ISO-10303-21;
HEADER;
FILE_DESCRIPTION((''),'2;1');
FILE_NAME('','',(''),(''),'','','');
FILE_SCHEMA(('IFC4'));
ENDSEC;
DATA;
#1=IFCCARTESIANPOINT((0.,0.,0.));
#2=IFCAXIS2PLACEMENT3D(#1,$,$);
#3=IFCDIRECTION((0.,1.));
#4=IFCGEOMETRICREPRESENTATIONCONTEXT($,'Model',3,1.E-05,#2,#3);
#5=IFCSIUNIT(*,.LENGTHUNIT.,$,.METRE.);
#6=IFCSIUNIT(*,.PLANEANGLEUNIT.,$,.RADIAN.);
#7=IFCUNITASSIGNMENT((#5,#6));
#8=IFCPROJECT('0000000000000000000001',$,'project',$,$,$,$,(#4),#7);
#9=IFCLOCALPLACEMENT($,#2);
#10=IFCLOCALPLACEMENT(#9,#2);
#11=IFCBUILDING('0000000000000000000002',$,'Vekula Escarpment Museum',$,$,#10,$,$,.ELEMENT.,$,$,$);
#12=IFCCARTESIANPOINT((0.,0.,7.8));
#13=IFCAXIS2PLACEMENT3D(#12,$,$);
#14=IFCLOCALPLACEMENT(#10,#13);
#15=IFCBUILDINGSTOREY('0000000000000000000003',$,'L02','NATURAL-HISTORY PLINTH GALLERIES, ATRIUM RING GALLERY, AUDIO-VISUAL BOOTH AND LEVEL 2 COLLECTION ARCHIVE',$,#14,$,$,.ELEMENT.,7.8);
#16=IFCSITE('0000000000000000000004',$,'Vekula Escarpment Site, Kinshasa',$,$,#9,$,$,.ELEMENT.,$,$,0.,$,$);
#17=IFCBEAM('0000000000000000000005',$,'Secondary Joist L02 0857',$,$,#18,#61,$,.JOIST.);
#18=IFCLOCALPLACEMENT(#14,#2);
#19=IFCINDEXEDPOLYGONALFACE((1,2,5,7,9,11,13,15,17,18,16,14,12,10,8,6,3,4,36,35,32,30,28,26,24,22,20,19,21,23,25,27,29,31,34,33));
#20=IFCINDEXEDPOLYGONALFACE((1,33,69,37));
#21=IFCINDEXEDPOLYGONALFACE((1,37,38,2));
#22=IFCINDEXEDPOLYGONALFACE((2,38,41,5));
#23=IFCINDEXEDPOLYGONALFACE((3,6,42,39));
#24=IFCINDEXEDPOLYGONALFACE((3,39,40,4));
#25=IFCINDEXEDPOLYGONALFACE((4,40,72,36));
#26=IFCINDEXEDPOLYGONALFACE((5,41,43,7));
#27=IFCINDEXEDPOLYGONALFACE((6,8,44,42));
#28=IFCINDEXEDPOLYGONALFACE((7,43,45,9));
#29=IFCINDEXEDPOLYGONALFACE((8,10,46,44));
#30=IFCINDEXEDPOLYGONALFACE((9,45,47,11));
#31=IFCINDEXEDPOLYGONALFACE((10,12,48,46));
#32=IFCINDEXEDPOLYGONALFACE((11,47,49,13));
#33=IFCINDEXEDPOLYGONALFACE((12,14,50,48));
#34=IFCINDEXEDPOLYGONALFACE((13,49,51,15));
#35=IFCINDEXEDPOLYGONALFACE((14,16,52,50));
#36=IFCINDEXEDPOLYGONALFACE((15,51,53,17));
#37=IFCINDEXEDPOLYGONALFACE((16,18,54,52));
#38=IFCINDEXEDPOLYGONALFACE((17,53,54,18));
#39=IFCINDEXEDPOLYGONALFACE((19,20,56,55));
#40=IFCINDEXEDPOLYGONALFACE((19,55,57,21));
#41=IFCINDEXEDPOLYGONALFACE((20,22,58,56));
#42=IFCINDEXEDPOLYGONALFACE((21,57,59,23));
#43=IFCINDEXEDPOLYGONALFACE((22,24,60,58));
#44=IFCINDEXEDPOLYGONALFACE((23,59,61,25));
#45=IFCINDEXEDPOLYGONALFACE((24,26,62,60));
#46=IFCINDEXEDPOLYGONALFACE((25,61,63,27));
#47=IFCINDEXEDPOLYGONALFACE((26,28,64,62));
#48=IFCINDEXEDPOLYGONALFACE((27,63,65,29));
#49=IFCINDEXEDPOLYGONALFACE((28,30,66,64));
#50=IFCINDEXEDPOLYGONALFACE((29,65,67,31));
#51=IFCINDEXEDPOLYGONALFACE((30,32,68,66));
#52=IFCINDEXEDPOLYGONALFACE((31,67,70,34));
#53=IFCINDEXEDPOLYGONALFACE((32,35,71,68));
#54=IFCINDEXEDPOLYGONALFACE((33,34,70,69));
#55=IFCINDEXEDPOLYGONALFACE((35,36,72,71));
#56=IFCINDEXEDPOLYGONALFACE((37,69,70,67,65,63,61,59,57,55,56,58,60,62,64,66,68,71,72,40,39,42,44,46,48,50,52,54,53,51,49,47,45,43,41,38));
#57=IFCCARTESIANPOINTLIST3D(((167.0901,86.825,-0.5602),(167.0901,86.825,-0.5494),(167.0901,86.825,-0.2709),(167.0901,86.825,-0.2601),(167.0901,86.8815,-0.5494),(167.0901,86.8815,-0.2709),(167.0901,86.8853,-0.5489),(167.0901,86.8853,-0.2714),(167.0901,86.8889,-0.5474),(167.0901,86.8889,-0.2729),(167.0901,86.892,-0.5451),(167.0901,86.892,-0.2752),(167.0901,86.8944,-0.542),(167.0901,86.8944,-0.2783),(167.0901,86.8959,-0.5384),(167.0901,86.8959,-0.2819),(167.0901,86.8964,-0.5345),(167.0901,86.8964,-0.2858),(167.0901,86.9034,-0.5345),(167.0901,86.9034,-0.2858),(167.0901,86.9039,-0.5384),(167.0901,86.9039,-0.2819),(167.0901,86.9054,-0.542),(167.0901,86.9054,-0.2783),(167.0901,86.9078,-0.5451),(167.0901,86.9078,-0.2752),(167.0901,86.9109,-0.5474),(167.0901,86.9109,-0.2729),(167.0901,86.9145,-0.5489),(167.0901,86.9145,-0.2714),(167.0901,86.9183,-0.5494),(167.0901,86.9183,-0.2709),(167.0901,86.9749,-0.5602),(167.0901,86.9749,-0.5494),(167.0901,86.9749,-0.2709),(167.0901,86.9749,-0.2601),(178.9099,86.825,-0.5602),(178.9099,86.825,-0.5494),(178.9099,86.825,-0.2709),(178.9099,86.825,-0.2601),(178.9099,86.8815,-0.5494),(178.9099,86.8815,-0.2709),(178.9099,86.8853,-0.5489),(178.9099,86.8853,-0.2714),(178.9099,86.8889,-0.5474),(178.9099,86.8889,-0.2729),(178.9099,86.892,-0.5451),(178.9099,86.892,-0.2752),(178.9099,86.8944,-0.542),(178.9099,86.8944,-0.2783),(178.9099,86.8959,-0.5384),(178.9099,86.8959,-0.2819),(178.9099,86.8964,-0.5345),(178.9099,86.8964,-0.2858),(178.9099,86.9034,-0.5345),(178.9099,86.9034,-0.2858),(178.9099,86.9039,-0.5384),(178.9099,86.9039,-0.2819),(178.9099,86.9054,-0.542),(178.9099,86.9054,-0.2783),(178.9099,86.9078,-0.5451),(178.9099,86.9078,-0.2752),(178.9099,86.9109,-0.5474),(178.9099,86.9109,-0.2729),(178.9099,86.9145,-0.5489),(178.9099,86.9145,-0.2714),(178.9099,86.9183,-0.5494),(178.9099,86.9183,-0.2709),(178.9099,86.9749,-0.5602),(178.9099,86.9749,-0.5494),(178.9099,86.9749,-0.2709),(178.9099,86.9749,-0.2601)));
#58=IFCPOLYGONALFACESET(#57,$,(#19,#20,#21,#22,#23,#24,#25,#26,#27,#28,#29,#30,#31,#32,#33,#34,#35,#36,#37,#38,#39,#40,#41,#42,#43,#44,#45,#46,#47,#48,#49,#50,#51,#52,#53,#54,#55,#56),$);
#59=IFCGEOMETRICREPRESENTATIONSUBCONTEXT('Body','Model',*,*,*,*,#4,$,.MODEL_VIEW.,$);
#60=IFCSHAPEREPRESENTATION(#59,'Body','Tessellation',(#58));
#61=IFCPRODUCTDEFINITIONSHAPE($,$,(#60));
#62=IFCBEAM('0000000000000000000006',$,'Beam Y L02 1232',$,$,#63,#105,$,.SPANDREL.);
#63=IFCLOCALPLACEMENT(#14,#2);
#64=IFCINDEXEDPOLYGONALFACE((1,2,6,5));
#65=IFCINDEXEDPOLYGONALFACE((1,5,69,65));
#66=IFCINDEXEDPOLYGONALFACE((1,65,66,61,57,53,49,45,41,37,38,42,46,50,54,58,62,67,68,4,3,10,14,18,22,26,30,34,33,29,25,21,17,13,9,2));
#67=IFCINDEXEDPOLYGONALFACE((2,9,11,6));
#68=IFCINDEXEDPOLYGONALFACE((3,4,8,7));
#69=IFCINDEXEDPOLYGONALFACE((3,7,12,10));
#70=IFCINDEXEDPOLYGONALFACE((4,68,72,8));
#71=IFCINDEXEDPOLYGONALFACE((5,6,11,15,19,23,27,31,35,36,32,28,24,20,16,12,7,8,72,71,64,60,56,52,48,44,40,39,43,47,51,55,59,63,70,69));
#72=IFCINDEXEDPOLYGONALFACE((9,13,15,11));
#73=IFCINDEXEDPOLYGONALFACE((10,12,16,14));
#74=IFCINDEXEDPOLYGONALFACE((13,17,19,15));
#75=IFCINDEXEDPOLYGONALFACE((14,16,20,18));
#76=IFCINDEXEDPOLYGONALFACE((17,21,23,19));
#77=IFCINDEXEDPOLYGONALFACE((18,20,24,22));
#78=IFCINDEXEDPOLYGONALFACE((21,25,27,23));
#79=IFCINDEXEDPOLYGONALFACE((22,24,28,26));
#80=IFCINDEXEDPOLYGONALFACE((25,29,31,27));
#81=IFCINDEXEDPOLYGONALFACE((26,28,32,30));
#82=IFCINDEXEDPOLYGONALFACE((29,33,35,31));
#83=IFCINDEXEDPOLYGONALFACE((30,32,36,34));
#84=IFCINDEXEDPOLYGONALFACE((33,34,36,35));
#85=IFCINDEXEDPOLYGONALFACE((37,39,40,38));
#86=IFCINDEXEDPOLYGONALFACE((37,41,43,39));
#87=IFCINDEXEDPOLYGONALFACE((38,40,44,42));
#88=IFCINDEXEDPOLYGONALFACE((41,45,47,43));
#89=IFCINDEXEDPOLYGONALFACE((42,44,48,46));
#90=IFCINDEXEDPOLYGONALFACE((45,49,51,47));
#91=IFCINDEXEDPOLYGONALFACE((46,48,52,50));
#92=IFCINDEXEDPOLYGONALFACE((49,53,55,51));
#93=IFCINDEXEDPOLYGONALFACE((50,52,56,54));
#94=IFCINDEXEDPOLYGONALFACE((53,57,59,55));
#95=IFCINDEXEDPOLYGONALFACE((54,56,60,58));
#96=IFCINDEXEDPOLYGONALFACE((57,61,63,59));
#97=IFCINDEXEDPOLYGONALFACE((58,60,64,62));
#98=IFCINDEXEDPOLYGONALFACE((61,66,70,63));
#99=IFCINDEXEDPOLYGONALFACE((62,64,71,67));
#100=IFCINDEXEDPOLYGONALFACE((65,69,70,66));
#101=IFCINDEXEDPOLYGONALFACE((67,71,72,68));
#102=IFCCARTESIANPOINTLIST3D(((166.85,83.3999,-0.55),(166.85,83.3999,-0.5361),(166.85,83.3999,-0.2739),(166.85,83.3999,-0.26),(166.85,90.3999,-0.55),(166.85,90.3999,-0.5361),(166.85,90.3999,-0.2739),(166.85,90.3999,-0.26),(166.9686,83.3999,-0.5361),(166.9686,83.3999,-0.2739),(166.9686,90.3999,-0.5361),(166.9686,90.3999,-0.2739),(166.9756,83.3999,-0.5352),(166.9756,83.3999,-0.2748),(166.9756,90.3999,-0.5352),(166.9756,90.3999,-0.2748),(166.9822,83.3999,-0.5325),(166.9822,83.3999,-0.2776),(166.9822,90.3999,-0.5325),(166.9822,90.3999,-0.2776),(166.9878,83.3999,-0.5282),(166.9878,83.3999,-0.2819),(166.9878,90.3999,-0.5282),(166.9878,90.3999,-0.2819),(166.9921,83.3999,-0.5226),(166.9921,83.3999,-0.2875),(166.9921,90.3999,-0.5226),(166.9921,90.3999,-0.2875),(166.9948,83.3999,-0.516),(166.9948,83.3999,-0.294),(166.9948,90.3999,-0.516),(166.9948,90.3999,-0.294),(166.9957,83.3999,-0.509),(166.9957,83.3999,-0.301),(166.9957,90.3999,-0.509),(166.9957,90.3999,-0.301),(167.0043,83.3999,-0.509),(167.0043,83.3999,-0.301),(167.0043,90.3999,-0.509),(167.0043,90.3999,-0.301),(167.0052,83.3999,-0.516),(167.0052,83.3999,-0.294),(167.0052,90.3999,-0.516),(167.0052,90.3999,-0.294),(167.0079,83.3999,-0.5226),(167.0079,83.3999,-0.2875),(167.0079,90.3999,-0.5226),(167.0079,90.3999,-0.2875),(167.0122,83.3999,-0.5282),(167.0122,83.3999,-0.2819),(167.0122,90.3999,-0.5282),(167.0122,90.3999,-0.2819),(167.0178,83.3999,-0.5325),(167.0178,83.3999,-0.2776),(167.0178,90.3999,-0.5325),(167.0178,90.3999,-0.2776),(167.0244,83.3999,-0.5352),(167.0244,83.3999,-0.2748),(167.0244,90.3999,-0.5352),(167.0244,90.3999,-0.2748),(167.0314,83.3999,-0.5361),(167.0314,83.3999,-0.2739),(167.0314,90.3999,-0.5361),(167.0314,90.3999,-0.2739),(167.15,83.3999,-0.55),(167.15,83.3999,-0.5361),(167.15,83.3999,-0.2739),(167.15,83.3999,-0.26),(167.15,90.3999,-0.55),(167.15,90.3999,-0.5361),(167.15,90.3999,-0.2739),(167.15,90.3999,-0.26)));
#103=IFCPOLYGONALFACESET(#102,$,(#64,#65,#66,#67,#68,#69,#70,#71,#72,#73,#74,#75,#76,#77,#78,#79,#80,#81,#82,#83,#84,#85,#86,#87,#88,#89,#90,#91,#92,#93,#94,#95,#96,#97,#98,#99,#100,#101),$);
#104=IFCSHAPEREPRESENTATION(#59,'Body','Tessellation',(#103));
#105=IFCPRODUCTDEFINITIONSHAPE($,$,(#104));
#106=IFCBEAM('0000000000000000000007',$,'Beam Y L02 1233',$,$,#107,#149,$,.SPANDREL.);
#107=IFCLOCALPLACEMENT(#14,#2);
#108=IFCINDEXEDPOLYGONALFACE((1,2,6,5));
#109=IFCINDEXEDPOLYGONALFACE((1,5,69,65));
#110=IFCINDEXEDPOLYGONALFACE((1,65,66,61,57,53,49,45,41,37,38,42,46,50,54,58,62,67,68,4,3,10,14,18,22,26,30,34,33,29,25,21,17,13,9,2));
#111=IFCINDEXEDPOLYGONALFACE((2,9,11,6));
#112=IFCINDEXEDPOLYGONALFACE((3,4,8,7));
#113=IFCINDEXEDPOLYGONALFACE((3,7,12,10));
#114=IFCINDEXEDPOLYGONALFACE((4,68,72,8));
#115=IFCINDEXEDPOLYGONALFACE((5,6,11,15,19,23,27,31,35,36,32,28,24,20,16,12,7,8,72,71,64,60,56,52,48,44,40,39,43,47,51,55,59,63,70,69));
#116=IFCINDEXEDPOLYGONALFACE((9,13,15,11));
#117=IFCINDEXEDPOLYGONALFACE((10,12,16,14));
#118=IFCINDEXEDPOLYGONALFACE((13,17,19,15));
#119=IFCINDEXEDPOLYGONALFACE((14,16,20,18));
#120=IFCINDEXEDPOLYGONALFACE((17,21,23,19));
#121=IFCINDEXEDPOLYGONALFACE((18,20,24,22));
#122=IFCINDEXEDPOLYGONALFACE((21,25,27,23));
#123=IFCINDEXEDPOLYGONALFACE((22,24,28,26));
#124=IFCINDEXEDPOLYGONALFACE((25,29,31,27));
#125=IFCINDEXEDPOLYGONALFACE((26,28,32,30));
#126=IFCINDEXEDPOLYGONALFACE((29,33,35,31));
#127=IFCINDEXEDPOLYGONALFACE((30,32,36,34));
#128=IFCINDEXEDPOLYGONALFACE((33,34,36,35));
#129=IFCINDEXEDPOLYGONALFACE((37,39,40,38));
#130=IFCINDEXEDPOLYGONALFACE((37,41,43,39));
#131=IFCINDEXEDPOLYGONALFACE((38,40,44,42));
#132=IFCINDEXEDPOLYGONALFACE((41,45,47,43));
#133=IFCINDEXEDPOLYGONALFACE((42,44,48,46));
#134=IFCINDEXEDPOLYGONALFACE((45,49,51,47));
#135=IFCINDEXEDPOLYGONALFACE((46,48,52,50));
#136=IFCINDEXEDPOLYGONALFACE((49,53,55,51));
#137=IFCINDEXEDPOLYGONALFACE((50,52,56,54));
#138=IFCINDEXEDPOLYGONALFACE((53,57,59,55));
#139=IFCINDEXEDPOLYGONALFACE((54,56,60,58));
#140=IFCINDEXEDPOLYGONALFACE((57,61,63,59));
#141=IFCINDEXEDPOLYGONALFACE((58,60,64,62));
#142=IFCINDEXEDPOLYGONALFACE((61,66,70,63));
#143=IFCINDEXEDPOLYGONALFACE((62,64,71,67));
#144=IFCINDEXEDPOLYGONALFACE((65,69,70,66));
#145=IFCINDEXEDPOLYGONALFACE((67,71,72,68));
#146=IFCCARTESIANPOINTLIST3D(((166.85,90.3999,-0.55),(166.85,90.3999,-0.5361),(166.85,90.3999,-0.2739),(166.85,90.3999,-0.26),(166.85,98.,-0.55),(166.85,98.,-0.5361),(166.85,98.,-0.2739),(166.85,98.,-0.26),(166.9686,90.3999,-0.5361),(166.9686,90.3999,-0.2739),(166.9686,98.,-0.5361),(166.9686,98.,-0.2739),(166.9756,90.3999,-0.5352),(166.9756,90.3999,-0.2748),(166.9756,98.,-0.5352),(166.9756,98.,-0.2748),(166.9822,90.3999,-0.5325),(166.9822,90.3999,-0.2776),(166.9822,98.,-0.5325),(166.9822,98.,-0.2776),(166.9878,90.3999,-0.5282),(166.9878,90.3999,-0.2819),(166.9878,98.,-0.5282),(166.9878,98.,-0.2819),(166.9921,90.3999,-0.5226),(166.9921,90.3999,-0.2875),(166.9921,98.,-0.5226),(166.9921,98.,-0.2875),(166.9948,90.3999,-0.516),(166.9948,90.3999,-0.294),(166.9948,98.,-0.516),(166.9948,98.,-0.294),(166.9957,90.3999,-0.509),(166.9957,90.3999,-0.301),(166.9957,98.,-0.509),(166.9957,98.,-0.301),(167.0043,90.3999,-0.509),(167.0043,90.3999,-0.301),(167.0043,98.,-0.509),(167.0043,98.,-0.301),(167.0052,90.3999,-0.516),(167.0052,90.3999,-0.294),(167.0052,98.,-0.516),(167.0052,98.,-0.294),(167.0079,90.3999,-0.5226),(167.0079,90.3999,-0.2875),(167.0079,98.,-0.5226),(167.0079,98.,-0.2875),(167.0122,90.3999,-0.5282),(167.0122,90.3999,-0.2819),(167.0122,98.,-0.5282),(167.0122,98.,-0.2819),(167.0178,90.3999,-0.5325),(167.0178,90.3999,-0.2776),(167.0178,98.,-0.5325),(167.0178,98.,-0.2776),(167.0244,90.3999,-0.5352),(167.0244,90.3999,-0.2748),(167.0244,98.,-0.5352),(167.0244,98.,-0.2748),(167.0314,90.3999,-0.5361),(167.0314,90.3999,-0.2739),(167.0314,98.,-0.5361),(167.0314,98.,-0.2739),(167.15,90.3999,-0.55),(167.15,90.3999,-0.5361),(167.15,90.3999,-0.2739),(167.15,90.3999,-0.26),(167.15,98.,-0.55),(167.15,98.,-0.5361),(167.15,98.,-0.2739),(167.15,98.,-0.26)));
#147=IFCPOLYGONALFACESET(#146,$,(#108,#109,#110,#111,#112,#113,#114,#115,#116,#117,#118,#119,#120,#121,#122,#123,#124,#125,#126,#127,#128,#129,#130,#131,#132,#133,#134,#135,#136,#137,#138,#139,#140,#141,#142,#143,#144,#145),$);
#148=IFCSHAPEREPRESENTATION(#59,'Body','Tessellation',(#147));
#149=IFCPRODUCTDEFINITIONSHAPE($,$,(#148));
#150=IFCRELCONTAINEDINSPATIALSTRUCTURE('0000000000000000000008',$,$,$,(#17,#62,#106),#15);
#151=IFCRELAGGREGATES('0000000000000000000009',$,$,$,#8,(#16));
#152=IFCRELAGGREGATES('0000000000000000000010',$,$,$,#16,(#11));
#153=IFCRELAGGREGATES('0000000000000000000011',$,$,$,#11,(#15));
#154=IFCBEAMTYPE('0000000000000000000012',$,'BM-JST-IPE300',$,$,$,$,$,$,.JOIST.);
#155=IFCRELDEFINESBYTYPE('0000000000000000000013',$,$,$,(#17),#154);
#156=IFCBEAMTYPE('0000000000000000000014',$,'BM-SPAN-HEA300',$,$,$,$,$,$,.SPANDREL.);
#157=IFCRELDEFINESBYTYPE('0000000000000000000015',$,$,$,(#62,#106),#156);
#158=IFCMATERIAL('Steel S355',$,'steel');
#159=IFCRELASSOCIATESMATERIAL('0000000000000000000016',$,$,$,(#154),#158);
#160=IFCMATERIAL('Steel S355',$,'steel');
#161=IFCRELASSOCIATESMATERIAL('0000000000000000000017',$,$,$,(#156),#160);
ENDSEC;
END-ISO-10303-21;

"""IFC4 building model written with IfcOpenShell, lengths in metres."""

from ifc_helpers import new_model, si_unit, direction, frame, origin, origin_2d, place, context, subcontext, project, spatial, i_section, extrude, material, material_profile, profile_set, type_object, element, save


model = new_model("IFC4")

# Units and contexts
model_context = context("Model", 3, precision=1e-05, world=origin(), true_north=direction((0.0, 1.0)))
body_context = subcontext(model_context, "Body", "Model", "MODEL_VIEW")
ifc_project = project(units=[si_unit("LENGTHUNIT", "METRE"), si_unit("PLANEANGLEUNIT", "RADIAN")], contexts=[model_context])

# Site, building, storey
site_placement = place(None, origin())
site = spatial("IfcSite", under=ifc_project, at=site_placement, Name="Vekula Escarpment Site, Kinshasa", CompositionType="ELEMENT", RefElevation=0.0)
building_placement = place(site_placement, origin())
building = spatial("IfcBuilding", under=site, at=building_placement, Name="Vekula Escarpment Museum", CompositionType="ELEMENT")
storey_placement = place(building_placement, frame((0.0, 0.0, 7.8)))
storey = spatial("IfcBuildingStorey", under=building, at=storey_placement, Name="L02", Description="NATURAL-HISTORY PLINTH GALLERIES, ATRIUM RING GALLERY, AUDIO-VISUAL BOOTH AND LEVEL 2 COLLECTION ARCHIVE", CompositionType="ELEMENT", Elevation=7.8)

# Beams
ifc_material_1 = material(Name="Steel S355", Category="steel")
ifc_material_profile_1 = material_profile(ifc_material_1, i_section(OverallWidth=0.1499, OverallDepth=0.3, WebThickness=0.0071, FlangeThickness=0.0107, FilletRadius=0.0149, at=origin_2d()), Name="IPE 300")
ifc_profile_set_1 = profile_set([ifc_material_profile_1], Name="Steel S355")
beam_type_1 = type_object("IfcBeamType", Name="BM-JST-IPE300", PredefinedType="JOIST", material=ifc_profile_set_1)
beam_1_placement = place(storey_placement, frame((167.0901, 86.8999, -0.4102), z_axis=(1.0, 0.0, 0.0), x_axis=(0.0, 1.0, 0.0)))
element("IfcBeam", 1, at=beam_1_placement, inside=storey, type_object=beam_type_1, Name="Secondary Joist L02 0857", PredefinedType="JOIST", context=body_context, shape_type="SweptSolid", body=[
    extrude(i_section(OverallWidth=0.1499, OverallDepth=0.3, WebThickness=0.0071, FlangeThickness=0.0107, FilletRadius=0.0149, at=origin_2d()), origin(), (0.0, 0.0, 1.0), 11.8198),
])
ifc_material_2 = material(Name="Steel S355", Category="steel")
ifc_material_profile_2 = material_profile(ifc_material_2, i_section(OverallWidth=0.3, OverallDepth=0.29, WebThickness=0.0085, FlangeThickness=0.0139, FilletRadius=0.0271, at=origin_2d()), Name="HEA 300")
ifc_profile_set_2 = profile_set([ifc_material_profile_2], Name="Steel S355")
beam_type_2 = type_object("IfcBeamType", Name="BM-SPAN-HEA300", PredefinedType="SPANDREL", material=ifc_profile_set_2)
beam_2_placement = place(storey_placement, frame((167.0, 83.3999, -0.405), z_axis=(0.0, 1.0, 0.0), x_axis=(-1.0, 0.0, 0.0)))
element("IfcBeam", 2, at=beam_2_placement, inside=storey, type_object=beam_type_2, Name="Beam Y L02 1232", PredefinedType="SPANDREL", context=body_context, shape_type="SweptSolid", body=[
    extrude(i_section(OverallWidth=0.3, OverallDepth=0.29, WebThickness=0.0085, FlangeThickness=0.0139, FilletRadius=0.0271, at=origin_2d()), origin(), (0.0, 0.0, 1.0), 7.0),
])
beam_3_placement = place(storey_placement, frame((167.0, 90.3999, -0.405), z_axis=(0.0, 1.0, 0.0), x_axis=(-1.0, 0.0, 0.0)))
element("IfcBeam", 3, at=beam_3_placement, inside=storey, type_object=beam_type_2, Name="Beam Y L02 1233", PredefinedType="SPANDREL", context=body_context, shape_type="SweptSolid", body=[
    extrude(i_section(OverallWidth=0.3, OverallDepth=0.29, WebThickness=0.0085, FlangeThickness=0.0139, FilletRadius=0.0271, at=origin_2d()), origin(), (0.0, 0.0, 1.0), 7.6001),
])

save(model, "model.ifc")
